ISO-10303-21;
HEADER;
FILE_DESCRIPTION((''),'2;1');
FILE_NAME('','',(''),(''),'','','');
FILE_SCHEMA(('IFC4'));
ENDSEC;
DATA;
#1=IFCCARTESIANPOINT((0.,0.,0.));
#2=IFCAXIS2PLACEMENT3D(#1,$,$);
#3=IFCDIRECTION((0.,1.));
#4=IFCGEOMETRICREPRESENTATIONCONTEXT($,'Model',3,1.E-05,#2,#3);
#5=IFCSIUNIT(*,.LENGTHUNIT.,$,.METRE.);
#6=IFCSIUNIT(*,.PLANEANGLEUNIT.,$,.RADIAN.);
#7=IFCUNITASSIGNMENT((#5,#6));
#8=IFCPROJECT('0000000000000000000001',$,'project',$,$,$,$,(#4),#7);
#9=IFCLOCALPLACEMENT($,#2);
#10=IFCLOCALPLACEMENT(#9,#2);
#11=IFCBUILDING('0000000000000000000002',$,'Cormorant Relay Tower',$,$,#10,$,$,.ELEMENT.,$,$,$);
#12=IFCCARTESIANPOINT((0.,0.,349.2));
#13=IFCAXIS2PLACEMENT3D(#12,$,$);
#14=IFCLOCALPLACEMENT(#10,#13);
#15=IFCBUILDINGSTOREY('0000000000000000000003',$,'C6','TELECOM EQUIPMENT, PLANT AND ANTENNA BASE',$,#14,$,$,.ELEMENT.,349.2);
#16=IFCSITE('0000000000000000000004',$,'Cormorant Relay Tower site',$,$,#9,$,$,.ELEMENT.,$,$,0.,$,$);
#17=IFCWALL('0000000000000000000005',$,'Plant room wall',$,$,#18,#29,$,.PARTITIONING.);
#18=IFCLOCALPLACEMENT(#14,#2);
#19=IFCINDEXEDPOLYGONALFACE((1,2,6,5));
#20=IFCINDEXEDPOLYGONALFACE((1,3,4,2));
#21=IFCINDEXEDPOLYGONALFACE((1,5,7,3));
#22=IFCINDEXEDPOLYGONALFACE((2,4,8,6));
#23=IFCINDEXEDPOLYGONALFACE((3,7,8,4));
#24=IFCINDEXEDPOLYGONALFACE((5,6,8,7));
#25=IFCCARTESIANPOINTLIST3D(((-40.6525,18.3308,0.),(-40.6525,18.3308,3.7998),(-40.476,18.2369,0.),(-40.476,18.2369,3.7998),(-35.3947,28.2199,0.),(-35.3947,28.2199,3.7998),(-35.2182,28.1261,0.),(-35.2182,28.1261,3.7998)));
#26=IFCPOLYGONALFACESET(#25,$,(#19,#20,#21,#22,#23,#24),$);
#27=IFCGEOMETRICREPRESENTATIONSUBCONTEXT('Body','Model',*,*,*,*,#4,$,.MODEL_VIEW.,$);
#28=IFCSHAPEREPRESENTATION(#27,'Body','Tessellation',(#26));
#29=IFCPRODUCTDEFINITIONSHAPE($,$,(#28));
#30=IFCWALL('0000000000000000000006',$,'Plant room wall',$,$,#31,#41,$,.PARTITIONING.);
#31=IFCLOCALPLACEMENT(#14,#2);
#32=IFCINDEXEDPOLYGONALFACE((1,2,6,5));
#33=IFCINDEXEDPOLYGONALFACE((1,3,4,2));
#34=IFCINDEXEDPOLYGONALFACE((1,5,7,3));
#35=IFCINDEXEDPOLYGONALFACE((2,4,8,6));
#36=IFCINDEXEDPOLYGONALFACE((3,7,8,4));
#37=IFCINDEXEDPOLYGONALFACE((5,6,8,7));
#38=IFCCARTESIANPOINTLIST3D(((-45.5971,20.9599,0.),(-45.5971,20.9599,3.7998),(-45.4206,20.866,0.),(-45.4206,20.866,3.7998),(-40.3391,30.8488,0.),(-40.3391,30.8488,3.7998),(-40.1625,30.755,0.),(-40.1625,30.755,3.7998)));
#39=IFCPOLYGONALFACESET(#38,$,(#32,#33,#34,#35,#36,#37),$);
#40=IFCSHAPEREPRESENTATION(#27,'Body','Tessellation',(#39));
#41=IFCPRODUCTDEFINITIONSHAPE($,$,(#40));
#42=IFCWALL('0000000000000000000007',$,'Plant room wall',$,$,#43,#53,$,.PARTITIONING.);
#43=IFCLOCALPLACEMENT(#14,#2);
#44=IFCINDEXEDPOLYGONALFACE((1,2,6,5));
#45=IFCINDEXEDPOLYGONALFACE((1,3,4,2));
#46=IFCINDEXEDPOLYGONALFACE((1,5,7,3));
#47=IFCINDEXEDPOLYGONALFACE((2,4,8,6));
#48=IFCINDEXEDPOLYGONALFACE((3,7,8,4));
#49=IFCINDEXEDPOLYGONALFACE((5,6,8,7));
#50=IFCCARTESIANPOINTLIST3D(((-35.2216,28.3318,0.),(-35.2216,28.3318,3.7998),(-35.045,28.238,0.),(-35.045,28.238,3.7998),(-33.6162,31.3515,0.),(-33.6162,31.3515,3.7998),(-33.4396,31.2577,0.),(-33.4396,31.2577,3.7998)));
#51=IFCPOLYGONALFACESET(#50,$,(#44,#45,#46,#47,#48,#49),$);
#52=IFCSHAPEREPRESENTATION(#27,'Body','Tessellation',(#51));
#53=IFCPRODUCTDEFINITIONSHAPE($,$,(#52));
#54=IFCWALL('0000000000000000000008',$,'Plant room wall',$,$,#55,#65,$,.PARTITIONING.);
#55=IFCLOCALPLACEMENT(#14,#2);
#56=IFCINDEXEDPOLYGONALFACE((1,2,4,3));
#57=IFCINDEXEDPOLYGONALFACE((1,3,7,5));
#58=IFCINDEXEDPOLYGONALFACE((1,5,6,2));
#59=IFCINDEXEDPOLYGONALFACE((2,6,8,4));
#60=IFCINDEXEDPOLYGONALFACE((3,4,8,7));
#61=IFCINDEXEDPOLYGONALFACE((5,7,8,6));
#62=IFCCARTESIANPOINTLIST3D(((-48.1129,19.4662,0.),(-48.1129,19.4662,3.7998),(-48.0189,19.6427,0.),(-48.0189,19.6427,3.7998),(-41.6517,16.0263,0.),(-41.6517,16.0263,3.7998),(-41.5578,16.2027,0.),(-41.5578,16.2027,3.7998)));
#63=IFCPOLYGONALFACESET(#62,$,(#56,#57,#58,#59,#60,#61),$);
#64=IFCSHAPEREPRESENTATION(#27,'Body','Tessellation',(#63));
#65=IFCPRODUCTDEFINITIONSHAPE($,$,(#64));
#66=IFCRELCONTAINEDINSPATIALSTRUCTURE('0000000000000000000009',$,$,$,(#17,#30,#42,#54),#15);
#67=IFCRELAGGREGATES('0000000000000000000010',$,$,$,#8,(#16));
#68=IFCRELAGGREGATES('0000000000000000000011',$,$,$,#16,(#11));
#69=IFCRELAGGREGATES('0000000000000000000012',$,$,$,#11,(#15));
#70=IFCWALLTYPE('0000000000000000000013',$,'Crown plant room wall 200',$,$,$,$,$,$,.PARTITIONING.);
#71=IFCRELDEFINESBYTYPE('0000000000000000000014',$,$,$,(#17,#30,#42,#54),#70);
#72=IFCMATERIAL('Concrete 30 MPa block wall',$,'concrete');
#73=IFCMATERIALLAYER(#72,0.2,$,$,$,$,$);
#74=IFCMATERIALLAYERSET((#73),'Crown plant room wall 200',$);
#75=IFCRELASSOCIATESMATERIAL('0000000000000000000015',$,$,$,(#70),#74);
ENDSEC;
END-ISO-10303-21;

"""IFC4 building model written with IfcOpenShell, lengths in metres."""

from ifc_helpers import new_model, si_unit, direction, frame, frame_2d, origin, place, context, subcontext, project, spatial, rectangle, extrude, material, layer, layer_set, type_object, element, save


model = new_model("IFC4")

# Units and contexts
model_context = context("Model", 3, precision=1e-05, world=origin(), true_north=direction((0.0, 1.0)))
body_context = subcontext(model_context, "Body", "Model", "MODEL_VIEW")
ifc_project = project(units=[si_unit("LENGTHUNIT", "METRE"), si_unit("PLANEANGLEUNIT", "RADIAN")], contexts=[model_context])

# Site, building, storey
site_placement = place(None, origin())
site = spatial("IfcSite", under=ifc_project, at=site_placement, Name="Cormorant Relay Tower site", CompositionType="ELEMENT", RefElevation=0.0)
building_placement = place(site_placement, origin())
building = spatial("IfcBuilding", under=site, at=building_placement, Name="Cormorant Relay Tower", CompositionType="ELEMENT")
storey_placement = place(building_placement, frame((0.0, 0.0, 349.2)))
storey = spatial("IfcBuildingStorey", under=building, at=storey_placement, Name="C6", Description="TELECOM EQUIPMENT, PLANT AND ANTENNA BASE", CompositionType="ELEMENT", Elevation=349.2)

# Shared definitions
ifc_material_1 = material(Name="Concrete 30 MPa block wall", Category="concrete")
ifc_layer_1 = layer(ifc_material_1, 0.2)
ifc_layer_set_1 = layer_set([ifc_layer_1], Name="Crown plant room wall 200")
wall_type_1 = type_object("IfcWallType", Name="Crown plant room wall 200", PredefinedType="PARTITIONING", material=ifc_layer_set_1)

# Walls
for number, where, z_axis, x_axis, name in (
    (1, (-35.3064, 28.1731, 0.0), (0.0, 0.0, 1.0), (-0.469447, -0.88296, 0.0), "Plant room wall"),
    (2, (-40.2507, 30.802, 0.0), (0.0, 0.0, 1.0), (-0.469473, -0.882947, 0.0), "Plant room wall"),
):
    element("IfcWall", number, at=place(storey_placement, frame(where, z_axis=z_axis, x_axis=x_axis)), inside=storey, type_object=wall_type_1, Name=name, PredefinedType="PARTITIONING", context=body_context, shape_type="SweptSolid", body=[
        extrude(rectangle(XDim=11.2, YDim=0.2, at=frame_2d((5.6001, 0.0))), origin(), (0.0, 0.0, 1.0), 3.7998),
    ])
wall_1_placement = place(storey_placement, frame((-35.1333, 28.2849, 0.0), z_axis=(0.0, 0.0, 1.0), x_axis=(0.469432, 0.882969, 0.0)))
element("IfcWall", 3, at=wall_1_placement, inside=storey, type_object=wall_type_1, Name="Plant room wall", PredefinedType="PARTITIONING", context=body_context, shape_type="SweptSolid", body=[
    extrude(rectangle(XDim=3.4199, YDim=0.2, at=frame_2d((1.71, 0.0))), origin(), (0.0, 0.0, 1.0), 3.7998),
])
wall_2_placement = place(storey_placement, frame((-41.6047, 16.1145, 0.0), z_axis=(0.0, 0.0, 1.0), x_axis=(-0.882694, 0.469948, 0.0)))
element("IfcWall", 4, at=wall_2_placement, inside=storey, type_object=wall_type_1, Name="Plant room wall", PredefinedType="PARTITIONING", context=body_context, shape_type="SweptSolid", body=[
    extrude(rectangle(XDim=7.3198, YDim=0.2, at=frame_2d((3.6599, 0.0))), origin(), (0.0, 0.0, 1.0), 3.7998),
])

save(model, "model.ifc")
